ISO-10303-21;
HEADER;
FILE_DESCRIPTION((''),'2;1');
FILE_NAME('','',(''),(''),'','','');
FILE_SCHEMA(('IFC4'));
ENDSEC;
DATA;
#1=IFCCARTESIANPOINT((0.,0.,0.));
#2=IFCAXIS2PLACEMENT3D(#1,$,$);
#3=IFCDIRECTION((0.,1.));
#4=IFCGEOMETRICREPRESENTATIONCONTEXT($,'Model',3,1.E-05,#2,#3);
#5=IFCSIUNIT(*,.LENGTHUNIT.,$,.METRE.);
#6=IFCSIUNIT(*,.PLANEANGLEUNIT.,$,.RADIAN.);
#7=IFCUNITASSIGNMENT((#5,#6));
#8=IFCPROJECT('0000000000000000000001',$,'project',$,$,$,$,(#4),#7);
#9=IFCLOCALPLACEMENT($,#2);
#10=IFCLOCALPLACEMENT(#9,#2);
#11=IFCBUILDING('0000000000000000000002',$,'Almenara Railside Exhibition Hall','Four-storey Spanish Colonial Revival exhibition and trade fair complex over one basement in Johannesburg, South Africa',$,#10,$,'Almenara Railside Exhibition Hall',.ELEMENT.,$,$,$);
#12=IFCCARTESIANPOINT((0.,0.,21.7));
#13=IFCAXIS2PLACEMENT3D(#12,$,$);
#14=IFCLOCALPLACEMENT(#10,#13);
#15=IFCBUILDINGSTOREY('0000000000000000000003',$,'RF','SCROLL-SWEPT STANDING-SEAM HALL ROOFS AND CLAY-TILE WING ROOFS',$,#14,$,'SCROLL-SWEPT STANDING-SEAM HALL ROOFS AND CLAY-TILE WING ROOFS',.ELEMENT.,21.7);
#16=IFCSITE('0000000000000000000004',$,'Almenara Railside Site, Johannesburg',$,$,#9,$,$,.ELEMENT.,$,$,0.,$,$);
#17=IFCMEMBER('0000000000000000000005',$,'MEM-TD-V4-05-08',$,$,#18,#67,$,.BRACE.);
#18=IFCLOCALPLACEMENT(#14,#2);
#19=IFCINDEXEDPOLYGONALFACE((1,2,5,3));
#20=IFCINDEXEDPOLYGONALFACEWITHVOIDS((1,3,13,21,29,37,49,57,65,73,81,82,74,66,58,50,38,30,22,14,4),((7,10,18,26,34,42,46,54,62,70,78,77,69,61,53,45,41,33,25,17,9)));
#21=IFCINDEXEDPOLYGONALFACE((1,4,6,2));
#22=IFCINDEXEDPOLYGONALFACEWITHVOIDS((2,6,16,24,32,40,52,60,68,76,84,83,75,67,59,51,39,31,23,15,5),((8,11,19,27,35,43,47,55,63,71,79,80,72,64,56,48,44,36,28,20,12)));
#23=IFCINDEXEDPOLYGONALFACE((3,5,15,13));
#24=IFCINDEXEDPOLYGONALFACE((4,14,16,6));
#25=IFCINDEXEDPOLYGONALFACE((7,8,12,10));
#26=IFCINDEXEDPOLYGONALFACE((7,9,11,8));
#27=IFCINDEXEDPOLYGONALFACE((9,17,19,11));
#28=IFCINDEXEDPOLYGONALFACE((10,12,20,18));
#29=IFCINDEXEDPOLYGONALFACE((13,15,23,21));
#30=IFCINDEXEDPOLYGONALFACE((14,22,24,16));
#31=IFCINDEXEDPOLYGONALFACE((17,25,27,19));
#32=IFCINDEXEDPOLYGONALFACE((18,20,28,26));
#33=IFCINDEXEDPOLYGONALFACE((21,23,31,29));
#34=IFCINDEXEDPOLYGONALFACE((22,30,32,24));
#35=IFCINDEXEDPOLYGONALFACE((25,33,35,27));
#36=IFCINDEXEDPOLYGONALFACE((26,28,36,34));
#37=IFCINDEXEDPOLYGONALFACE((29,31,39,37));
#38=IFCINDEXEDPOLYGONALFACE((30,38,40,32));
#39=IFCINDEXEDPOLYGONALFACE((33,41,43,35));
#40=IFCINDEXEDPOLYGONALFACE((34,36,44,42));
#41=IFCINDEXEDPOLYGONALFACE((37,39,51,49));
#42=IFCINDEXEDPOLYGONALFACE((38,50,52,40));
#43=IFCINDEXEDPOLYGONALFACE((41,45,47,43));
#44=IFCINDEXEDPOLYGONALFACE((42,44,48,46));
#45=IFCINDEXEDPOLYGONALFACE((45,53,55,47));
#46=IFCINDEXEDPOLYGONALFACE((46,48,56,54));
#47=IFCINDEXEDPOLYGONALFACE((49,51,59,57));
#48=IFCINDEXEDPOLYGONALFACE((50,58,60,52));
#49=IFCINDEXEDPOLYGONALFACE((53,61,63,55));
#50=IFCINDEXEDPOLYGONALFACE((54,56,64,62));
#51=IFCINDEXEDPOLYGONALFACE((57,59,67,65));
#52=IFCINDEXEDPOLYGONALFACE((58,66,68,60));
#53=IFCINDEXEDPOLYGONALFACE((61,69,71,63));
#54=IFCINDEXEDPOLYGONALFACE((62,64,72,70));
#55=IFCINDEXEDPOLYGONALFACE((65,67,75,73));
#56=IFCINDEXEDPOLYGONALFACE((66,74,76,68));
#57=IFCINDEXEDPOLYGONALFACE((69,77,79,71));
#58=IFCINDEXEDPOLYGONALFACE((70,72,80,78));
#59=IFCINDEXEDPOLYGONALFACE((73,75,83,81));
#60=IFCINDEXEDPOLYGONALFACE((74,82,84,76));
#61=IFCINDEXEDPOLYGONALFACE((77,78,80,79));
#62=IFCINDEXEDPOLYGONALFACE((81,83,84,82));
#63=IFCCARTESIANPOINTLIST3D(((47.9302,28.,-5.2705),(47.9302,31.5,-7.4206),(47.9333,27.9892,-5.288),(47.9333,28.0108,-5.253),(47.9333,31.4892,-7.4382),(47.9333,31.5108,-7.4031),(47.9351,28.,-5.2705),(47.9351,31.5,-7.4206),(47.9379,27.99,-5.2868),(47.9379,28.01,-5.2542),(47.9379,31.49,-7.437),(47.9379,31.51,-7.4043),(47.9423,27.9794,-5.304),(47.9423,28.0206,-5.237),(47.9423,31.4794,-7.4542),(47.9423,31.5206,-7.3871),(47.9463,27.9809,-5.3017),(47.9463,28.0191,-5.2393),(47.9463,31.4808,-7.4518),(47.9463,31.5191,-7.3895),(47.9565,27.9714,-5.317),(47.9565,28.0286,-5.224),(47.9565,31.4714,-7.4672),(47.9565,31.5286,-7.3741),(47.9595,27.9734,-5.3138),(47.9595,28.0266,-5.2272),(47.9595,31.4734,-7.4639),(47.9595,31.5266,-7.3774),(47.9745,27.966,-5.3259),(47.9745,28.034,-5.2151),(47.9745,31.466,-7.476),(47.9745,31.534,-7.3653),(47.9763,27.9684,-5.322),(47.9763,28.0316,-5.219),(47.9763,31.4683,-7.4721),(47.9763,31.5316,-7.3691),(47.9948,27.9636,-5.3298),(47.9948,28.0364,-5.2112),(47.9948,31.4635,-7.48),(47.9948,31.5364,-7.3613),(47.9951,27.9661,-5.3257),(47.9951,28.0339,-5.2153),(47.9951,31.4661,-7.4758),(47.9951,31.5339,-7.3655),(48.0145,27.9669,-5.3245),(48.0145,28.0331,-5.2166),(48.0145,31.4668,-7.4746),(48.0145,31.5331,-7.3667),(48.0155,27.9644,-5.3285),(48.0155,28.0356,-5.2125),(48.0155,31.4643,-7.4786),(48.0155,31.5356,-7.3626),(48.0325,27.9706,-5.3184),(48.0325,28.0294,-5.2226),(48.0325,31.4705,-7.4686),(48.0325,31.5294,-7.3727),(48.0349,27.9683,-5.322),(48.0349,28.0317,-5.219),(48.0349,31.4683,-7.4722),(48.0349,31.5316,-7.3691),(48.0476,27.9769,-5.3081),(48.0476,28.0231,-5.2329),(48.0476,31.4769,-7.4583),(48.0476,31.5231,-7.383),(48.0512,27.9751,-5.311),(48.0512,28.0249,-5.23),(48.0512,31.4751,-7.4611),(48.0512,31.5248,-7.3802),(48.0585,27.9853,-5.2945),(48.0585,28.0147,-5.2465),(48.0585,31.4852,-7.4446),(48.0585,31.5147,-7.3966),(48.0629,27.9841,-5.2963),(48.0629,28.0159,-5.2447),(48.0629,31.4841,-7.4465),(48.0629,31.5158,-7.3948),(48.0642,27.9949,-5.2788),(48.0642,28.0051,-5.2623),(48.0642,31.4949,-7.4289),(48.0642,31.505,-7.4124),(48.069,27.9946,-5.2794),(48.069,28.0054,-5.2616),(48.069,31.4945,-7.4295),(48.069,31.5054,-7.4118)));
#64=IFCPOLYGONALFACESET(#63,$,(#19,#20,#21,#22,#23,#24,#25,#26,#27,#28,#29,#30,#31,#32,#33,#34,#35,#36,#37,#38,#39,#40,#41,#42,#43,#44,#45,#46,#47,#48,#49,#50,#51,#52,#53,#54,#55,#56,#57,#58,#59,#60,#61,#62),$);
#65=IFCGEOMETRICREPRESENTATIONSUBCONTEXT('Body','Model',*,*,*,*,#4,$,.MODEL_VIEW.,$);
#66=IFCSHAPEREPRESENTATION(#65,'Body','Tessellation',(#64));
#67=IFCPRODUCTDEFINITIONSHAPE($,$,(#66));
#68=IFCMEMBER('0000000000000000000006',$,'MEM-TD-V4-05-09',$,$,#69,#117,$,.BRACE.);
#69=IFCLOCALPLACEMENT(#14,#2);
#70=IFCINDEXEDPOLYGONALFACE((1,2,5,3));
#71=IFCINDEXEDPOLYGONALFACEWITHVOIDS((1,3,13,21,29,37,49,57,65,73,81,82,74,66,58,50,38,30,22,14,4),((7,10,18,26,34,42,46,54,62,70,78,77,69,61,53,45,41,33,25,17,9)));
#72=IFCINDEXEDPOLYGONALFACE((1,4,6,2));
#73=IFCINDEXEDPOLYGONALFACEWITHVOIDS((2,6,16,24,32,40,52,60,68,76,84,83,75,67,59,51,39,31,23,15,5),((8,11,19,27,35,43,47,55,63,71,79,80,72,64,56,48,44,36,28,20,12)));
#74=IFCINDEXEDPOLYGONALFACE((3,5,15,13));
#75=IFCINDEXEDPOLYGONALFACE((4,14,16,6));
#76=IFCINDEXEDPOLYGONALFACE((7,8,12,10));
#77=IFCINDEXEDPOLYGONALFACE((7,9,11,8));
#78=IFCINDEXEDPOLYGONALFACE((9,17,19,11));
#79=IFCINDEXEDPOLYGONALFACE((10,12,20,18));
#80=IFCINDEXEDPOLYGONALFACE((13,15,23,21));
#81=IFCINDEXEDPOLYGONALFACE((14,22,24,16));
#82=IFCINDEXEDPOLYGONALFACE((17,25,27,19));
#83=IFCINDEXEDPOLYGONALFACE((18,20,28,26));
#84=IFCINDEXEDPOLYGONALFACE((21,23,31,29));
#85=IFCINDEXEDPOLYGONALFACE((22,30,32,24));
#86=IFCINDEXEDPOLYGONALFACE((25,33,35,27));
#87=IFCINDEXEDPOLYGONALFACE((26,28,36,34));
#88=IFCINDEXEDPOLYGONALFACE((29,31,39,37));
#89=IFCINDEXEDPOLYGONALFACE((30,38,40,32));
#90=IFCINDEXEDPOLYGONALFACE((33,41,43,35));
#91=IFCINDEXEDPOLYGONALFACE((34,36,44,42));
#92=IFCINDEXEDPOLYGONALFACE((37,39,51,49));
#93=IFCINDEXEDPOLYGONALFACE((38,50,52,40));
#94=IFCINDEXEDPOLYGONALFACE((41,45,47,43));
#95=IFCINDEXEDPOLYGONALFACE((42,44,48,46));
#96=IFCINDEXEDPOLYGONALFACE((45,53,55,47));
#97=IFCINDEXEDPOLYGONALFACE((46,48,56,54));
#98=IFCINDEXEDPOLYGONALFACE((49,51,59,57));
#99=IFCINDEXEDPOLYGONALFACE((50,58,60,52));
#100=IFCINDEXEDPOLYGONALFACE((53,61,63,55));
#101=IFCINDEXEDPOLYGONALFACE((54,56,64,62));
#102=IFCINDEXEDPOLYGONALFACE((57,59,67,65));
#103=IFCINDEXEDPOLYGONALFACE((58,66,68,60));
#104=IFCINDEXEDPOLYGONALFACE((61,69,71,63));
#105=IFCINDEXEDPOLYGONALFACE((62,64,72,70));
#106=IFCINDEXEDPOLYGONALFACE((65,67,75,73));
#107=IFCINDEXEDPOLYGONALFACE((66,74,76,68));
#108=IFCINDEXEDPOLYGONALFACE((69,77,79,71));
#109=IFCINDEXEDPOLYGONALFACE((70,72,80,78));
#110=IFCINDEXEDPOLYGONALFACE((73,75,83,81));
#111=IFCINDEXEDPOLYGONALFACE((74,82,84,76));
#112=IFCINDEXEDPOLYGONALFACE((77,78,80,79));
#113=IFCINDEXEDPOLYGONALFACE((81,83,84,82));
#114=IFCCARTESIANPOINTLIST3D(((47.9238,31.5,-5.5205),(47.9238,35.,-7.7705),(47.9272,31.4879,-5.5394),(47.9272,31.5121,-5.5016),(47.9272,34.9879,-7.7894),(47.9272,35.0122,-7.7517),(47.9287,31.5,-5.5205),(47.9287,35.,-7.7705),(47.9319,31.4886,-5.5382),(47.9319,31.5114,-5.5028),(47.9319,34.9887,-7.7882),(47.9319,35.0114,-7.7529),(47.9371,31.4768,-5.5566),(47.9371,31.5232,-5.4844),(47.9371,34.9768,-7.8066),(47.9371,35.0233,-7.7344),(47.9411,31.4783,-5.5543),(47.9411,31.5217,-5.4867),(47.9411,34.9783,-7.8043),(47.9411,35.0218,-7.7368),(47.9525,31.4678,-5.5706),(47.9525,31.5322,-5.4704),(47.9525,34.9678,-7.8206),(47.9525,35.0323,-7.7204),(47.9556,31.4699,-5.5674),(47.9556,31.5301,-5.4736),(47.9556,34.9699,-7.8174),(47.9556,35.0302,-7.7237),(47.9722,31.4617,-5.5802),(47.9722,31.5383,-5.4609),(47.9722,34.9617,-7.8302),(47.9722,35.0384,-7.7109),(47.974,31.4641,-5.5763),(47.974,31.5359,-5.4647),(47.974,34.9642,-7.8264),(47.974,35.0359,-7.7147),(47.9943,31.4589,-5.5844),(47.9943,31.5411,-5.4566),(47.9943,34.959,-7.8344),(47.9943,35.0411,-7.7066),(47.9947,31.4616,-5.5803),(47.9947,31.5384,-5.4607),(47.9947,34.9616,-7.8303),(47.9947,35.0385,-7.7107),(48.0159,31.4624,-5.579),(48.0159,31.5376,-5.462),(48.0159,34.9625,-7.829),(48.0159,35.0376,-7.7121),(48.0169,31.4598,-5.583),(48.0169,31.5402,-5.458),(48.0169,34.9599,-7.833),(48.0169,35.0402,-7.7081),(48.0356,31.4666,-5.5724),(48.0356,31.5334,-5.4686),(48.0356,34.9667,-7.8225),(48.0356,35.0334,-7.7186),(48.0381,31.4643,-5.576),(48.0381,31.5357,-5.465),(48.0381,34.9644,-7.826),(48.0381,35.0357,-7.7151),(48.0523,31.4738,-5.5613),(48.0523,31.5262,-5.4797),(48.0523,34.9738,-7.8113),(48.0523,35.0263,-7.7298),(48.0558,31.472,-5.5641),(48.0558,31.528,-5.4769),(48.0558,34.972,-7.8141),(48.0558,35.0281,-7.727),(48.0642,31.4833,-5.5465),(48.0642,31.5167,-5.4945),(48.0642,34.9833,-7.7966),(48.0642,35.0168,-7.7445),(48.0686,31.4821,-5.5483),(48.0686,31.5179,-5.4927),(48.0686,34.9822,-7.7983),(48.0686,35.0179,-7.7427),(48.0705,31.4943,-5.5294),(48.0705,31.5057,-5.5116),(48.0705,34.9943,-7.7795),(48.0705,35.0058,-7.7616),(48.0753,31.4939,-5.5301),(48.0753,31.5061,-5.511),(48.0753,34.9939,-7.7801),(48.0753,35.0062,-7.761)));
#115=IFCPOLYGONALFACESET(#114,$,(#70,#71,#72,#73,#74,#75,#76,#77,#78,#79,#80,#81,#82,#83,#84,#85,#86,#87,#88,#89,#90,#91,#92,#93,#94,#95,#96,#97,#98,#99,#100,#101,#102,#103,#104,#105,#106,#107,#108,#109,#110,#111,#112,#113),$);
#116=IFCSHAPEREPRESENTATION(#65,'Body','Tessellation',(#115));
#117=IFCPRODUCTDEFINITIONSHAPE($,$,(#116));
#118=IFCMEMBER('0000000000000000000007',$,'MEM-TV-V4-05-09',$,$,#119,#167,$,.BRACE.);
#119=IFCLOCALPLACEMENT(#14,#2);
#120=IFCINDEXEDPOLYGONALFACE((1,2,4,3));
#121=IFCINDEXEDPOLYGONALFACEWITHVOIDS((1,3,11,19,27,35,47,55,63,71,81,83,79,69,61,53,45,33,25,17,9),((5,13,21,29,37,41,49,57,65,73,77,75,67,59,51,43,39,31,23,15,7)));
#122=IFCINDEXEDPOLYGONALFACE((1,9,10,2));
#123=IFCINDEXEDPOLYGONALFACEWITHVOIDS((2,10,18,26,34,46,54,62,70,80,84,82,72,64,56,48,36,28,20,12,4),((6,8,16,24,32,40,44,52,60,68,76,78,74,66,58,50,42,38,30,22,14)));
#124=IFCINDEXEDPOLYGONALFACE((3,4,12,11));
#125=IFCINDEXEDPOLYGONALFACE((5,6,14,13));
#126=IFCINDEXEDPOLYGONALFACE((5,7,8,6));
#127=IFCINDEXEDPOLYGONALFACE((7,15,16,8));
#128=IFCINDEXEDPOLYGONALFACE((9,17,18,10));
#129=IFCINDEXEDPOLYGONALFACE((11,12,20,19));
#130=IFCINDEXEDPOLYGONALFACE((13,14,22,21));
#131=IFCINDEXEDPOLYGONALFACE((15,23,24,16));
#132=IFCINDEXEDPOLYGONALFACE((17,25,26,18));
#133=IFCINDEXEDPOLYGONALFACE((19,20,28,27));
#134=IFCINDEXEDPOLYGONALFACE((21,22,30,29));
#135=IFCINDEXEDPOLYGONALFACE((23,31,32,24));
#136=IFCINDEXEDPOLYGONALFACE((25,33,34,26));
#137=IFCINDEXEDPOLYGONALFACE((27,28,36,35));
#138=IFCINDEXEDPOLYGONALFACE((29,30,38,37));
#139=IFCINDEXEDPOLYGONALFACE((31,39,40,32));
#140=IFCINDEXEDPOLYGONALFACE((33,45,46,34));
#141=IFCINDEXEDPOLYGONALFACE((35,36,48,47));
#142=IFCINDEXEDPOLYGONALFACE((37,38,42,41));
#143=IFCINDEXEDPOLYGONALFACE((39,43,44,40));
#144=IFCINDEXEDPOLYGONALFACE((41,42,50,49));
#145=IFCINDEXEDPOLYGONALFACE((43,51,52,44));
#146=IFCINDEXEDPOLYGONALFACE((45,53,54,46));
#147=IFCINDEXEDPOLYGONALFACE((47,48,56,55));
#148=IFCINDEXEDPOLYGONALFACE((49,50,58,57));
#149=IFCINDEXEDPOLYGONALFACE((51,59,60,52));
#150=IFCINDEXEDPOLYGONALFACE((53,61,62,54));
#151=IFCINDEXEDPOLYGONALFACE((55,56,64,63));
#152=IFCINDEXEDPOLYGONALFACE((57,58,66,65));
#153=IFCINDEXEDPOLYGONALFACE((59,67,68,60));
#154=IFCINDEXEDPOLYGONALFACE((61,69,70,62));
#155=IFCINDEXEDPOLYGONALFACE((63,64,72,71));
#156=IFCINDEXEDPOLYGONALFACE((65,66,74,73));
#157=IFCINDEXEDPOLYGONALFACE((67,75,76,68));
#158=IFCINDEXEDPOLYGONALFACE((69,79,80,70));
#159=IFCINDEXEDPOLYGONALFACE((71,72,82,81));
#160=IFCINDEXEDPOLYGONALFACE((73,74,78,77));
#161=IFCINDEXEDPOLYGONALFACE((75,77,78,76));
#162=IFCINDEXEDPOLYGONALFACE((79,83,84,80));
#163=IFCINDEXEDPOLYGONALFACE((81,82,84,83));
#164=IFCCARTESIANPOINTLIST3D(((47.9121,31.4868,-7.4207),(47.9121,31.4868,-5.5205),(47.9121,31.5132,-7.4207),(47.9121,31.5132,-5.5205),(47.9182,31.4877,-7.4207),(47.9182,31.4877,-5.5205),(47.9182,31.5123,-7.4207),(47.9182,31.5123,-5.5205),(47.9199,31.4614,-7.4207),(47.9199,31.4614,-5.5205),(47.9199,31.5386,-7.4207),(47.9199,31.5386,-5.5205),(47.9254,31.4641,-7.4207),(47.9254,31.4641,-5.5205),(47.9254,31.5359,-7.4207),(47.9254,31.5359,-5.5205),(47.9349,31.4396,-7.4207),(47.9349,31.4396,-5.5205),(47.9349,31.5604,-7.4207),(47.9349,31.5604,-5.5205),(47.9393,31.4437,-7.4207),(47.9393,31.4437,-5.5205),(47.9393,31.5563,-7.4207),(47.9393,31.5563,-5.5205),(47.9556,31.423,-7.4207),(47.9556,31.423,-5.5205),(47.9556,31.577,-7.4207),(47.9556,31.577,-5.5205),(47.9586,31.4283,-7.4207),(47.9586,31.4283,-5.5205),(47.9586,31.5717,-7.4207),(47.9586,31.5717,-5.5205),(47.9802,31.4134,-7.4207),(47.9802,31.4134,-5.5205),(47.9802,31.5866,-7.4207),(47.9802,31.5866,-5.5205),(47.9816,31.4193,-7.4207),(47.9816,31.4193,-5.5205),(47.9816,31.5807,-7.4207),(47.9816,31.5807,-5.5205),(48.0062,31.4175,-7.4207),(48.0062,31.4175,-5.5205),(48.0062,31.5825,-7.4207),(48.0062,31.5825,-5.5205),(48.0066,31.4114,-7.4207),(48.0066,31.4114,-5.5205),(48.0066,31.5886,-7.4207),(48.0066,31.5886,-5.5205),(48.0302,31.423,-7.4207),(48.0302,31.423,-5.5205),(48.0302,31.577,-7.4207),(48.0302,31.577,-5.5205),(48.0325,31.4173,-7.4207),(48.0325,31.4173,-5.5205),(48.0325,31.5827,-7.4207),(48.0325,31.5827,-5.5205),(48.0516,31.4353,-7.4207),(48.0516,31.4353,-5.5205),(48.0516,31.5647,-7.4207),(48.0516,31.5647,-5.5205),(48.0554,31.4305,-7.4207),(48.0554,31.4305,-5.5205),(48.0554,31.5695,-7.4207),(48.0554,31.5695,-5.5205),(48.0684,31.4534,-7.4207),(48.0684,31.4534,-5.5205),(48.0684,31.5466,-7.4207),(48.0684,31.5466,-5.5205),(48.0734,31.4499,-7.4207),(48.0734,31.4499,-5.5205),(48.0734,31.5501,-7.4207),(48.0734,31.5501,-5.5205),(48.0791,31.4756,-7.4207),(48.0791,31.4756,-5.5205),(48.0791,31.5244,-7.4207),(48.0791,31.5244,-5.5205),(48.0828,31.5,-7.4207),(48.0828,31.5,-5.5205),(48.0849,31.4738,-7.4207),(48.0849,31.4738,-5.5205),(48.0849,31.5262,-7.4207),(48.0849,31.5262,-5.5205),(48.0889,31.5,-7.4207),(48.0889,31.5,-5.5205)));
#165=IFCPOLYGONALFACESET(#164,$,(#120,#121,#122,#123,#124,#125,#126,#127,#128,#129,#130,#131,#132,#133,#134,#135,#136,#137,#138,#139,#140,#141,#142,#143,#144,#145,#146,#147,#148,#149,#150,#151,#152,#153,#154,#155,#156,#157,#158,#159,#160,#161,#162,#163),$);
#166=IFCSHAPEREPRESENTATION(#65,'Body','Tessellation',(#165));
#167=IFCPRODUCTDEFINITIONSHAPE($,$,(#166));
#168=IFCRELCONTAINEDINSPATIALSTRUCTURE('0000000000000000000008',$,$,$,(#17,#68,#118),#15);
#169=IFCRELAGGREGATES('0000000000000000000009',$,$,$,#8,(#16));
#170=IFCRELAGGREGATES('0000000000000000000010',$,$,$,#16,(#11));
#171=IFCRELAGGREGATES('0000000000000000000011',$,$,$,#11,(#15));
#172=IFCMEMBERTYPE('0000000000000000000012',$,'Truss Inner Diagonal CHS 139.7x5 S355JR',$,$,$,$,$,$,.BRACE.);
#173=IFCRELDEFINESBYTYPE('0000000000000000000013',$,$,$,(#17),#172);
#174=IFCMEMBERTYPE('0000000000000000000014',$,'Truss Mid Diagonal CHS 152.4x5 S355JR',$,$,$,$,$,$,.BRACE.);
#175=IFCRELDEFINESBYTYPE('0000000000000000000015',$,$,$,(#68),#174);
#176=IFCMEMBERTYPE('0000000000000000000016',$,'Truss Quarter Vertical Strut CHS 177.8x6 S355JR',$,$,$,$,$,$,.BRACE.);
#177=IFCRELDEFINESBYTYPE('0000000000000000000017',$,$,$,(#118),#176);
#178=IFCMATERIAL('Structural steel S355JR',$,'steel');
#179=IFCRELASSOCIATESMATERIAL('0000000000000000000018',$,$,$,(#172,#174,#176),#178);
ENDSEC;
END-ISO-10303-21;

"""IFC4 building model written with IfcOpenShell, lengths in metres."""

from ifc_helpers import new_model, si_unit, direction, frame, origin, origin_2d, place, context, subcontext, project, spatial, hollow_circle, extrude, material, material_profile, profile_set, type_object, element, save


model = new_model("IFC4")

# Units and contexts
model_context = context("Model", 3, precision=1e-05, world=origin(), true_north=direction((0.0, 1.0)))
body_context = subcontext(model_context, "Body", "Model", "MODEL_VIEW")
ifc_project = project(units=[si_unit("LENGTHUNIT", "METRE"), si_unit("PLANEANGLEUNIT", "RADIAN")], contexts=[model_context])

# Site, building, storey
site_placement = place(None, origin())
site = spatial("IfcSite", under=ifc_project, at=site_placement, Name="Almenara Railside Site, Johannesburg", CompositionType="ELEMENT", RefElevation=0.0)
building_placement = place(site_placement, origin())
building = spatial("IfcBuilding", under=site, at=building_placement, Name="Almenara Railside Exhibition Hall", Description="Four-storey Spanish Colonial Revival exhibition and trade fair complex over one basement in Johannesburg, South Africa", LongName="Almenara Railside Exhibition Hall", CompositionType="ELEMENT")
storey_placement = place(building_placement, frame((0.0, 0.0, 21.7)))
storey = spatial("IfcBuildingStorey", under=building, at=storey_placement, Name="RF", Description="SCROLL-SWEPT STANDING-SEAM HALL ROOFS AND CLAY-TILE WING ROOFS", LongName="SCROLL-SWEPT STANDING-SEAM HALL ROOFS AND CLAY-TILE WING ROOFS", CompositionType="ELEMENT", Elevation=21.7)

# Members
ifc_material_1 = material(Name="Structural steel S355JR", Category="steel")
ifc_material_profile_1 = material_profile(ifc_material_1, hollow_circle(Radius=0.0698, WallThickness=0.0049, at=origin_2d()), Name="CHS 139.7x5")
ifc_profile_set_1 = profile_set([ifc_material_profile_1], Name="Structural steel S355JR")
member_type_1 = type_object("IfcMemberType", Name="Truss Inner Diagonal CHS 139.7x5 S355JR", PredefinedType="BRACE", material=ifc_profile_set_1)
member_1_placement = place(storey_placement, frame((48.0, 28.0, -5.2705), z_axis=(0.0, 0.85206, -0.523444), x_axis=(-1.0, 0.0, 0.0)))
element("IfcMember", 1, at=member_1_placement, inside=storey, type_object=member_type_1, Name="MEM-TD-V4-05-08", PredefinedType="BRACE", context=body_context, shape_type="SweptSolid", body=[
    extrude(hollow_circle(Radius=0.0698, WallThickness=0.0049, at=origin_2d()), origin(), (0.0, 0.0, 1.0), 4.1077),
])
ifc_material_profile_2 = material_profile(ifc_material_1, hollow_circle(Radius=0.0762, WallThickness=0.0049, at=origin_2d()), Name="CHS 152.4x5")
ifc_profile_set_2 = profile_set([ifc_material_profile_2], Name="Structural steel S355JR")
member_type_2 = type_object("IfcMemberType", Name="Truss Mid Diagonal CHS 152.4x5 S355JR", PredefinedType="BRACE", material=ifc_profile_set_2)
member_2_placement = place(storey_placement, frame((48.0, 31.5, -5.5205), z_axis=(0.0, 0.841178, -0.540758), x_axis=(-1.0, 0.0, 0.0)))
element("IfcMember", 2, at=member_2_placement, inside=storey, type_object=member_type_2, Name="MEM-TD-V4-05-09", PredefinedType="BRACE", context=body_context, shape_type="SweptSolid", body=[
    extrude(hollow_circle(Radius=0.0762, WallThickness=0.0049, at=origin_2d()), origin(), (0.0, 0.0, 1.0), 4.1609),
])
ifc_material_profile_3 = material_profile(ifc_material_1, hollow_circle(Radius=0.0889, WallThickness=0.0061, at=origin_2d()), Name="CHS 177.8x6")
ifc_profile_set_3 = profile_set([ifc_material_profile_3], Name="Structural steel S355JR")
member_type_3 = type_object("IfcMemberType", Name="Truss Quarter Vertical Strut CHS 177.8x6 S355JR", PredefinedType="BRACE", material=ifc_profile_set_3)
member_3_placement = place(storey_placement, frame((48.0, 31.5, -7.4207), z_axis=(0.0, 0.0, 1.0), x_axis=(1.0, 0.0, 0.0)))
element("IfcMember", 3, at=member_3_placement, inside=storey, type_object=member_type_3, Name="MEM-TV-V4-05-09", PredefinedType="BRACE", context=body_context, shape_type="SweptSolid", body=[
    extrude(hollow_circle(Radius=0.0889, WallThickness=0.0061, at=origin_2d()), origin(), (0.0, 0.0, 1.0), 1.9001),
])

save(model, "model.ifc")
